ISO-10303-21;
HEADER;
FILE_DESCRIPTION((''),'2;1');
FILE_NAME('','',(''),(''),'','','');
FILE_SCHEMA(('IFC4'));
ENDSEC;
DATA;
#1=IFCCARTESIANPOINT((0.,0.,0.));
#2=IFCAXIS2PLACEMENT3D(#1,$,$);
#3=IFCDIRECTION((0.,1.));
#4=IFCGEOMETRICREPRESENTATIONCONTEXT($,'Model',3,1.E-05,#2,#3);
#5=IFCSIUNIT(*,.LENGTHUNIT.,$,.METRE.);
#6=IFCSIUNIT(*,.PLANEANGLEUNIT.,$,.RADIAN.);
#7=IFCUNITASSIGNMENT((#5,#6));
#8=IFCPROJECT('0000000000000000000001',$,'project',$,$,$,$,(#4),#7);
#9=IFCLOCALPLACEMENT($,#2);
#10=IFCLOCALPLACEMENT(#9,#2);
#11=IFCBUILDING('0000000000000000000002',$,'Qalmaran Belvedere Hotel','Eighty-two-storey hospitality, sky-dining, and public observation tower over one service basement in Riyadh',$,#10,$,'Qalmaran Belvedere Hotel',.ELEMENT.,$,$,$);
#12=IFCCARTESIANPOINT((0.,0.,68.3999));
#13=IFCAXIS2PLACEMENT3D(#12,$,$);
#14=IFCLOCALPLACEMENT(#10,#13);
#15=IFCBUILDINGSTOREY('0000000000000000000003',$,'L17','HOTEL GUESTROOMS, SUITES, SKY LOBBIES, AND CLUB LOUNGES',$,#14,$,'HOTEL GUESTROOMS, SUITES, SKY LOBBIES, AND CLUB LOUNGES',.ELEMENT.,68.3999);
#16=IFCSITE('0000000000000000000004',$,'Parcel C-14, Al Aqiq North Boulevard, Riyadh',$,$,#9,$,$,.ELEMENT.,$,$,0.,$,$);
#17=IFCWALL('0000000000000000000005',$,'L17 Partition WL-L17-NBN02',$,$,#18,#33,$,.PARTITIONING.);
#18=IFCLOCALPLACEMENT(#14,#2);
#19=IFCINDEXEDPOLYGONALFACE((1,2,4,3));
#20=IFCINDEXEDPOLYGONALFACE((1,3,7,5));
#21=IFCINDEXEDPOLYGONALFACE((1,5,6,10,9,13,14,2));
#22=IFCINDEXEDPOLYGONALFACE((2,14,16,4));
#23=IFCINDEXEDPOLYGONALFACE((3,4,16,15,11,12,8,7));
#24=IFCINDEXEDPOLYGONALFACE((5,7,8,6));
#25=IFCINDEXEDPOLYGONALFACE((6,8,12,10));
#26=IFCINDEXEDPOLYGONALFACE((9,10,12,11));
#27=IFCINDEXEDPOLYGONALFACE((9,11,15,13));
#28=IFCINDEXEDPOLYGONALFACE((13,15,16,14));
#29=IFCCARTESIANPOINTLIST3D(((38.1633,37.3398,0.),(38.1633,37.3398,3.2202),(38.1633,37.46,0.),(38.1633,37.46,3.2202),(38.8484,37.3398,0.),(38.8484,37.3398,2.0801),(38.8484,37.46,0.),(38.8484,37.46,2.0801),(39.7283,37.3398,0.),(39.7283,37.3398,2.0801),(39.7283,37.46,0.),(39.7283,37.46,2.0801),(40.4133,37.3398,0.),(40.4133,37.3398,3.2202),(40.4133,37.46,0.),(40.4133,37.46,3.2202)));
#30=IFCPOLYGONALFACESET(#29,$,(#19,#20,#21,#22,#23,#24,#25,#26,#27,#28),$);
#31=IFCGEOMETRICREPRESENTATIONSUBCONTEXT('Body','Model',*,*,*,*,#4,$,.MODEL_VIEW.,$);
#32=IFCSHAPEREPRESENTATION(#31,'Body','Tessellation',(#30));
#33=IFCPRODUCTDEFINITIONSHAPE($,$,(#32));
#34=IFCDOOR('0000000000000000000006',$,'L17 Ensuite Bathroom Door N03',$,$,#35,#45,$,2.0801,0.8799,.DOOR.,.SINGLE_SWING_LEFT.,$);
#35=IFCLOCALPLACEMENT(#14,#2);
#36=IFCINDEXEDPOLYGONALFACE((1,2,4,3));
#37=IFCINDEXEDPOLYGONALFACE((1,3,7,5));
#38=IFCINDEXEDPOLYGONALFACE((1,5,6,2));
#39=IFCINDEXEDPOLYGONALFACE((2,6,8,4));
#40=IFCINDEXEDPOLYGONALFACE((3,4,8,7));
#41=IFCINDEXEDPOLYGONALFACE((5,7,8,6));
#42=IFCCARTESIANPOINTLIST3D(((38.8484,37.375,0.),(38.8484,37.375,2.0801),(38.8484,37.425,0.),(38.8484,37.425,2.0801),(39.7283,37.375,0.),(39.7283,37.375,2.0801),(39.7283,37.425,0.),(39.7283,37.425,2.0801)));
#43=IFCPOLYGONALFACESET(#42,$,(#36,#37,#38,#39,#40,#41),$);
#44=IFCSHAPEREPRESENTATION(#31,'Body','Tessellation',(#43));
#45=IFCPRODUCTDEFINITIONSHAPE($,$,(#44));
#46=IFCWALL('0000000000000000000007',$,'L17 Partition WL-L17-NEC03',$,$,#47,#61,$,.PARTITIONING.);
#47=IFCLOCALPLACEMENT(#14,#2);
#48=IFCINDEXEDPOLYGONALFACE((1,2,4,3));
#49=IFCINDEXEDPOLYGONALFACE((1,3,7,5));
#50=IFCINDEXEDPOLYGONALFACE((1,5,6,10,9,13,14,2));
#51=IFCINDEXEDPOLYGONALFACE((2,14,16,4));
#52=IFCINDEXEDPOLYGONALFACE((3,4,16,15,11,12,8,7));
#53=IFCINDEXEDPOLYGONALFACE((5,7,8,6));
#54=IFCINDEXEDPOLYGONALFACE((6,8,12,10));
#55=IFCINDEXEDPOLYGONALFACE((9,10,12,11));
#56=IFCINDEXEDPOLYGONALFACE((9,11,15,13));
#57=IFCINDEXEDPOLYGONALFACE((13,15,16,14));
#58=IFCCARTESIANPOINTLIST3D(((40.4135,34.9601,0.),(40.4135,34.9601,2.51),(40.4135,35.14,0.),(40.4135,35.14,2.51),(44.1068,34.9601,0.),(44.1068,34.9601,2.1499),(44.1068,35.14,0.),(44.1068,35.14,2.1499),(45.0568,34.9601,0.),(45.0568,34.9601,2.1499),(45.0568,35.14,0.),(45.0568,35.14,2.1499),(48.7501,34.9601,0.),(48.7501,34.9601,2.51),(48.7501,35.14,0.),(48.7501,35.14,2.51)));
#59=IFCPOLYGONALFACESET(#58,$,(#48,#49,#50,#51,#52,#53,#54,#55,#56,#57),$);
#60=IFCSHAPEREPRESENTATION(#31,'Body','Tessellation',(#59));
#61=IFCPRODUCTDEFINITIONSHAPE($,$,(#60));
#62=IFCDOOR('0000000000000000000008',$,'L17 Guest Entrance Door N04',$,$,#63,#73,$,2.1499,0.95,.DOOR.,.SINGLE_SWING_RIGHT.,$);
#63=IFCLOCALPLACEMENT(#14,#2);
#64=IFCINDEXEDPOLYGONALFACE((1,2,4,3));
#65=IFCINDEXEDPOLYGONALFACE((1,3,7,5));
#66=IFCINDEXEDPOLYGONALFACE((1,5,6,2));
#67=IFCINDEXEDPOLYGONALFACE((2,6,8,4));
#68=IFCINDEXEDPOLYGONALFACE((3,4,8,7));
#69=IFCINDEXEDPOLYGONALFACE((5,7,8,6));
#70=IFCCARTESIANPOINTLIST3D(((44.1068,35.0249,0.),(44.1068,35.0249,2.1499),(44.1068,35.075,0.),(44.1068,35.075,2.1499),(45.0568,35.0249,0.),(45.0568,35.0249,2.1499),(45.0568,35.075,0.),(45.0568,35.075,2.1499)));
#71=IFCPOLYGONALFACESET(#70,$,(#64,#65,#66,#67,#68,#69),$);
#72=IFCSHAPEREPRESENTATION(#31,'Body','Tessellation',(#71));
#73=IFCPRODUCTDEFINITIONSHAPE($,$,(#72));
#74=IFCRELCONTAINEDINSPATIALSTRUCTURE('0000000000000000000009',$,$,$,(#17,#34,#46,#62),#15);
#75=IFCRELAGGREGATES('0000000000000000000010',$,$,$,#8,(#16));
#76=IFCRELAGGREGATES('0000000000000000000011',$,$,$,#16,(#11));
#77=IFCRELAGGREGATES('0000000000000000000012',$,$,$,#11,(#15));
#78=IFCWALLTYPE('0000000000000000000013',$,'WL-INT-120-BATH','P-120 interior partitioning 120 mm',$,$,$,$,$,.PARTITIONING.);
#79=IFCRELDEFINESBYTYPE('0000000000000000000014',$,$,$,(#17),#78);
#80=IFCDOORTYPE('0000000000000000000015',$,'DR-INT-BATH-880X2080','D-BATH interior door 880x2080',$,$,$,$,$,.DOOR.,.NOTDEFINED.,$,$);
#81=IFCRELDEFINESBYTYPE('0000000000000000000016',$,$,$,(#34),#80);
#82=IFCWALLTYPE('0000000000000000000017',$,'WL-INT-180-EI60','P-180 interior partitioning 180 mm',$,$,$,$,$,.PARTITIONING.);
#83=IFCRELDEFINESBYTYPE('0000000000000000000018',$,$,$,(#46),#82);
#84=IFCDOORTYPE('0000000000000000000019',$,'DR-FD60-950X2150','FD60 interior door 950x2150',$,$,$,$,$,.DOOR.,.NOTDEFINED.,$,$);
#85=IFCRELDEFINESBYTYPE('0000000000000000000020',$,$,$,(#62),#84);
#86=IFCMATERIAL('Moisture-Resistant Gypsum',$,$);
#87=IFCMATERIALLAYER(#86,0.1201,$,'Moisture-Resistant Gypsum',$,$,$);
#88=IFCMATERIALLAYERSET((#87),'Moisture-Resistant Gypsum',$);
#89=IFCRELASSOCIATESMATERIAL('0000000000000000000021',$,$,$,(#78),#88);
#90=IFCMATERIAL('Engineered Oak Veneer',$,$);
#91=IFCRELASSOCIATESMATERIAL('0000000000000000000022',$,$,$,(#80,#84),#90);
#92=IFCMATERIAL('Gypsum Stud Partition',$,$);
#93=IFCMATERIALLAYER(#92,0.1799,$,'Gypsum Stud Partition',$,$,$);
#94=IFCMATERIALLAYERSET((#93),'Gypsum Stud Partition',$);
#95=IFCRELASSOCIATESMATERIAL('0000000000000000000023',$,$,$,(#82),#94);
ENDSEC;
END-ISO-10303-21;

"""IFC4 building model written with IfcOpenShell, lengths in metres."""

from ifc_helpers import new_model, si_unit, direction, frame, frame_2d, origin, place, context, subcontext, project, spatial, rectangle, extrude, material, layer, layer_set, type_object, element, fill, save


model = new_model("IFC4")

# Units and contexts
model_context = context("Model", 3, precision=1e-05, world=origin(), true_north=direction((0.0, 1.0)))
body_context = subcontext(model_context, "Body", "Model", "MODEL_VIEW")
ifc_project = project(units=[si_unit("LENGTHUNIT", "METRE"), si_unit("PLANEANGLEUNIT", "RADIAN")], contexts=[model_context])

# Site, building, storey
site_placement = place(None, origin())
site = spatial("IfcSite", under=ifc_project, at=site_placement, Name="Parcel C-14, Al Aqiq North Boulevard, Riyadh", CompositionType="ELEMENT", RefElevation=0.0)
building_placement = place(site_placement, origin())
building = spatial("IfcBuilding", under=site, at=building_placement, Name="Qalmaran Belvedere Hotel", Description="Eighty-two-storey hospitality, sky-dining, and public observation tower over one service basement in Riyadh", LongName="Qalmaran Belvedere Hotel", CompositionType="ELEMENT")
storey_placement = place(building_placement, frame((0.0, 0.0, 68.3999)))
storey = spatial("IfcBuildingStorey", under=building, at=storey_placement, Name="L17", Description="HOTEL GUESTROOMS, SUITES, SKY LOBBIES, AND CLUB LOUNGES", LongName="HOTEL GUESTROOMS, SUITES, SKY LOBBIES, AND CLUB LOUNGES", CompositionType="ELEMENT", Elevation=68.3999)

# Walls, openings, doors
ifc_material_1 = material(Name="Moisture-Resistant Gypsum")
ifc_layer_1 = layer(ifc_material_1, 0.1201, Name="Moisture-Resistant Gypsum")
ifc_layer_set_1 = layer_set([ifc_layer_1], Name="Moisture-Resistant Gypsum")
wall_type_1 = type_object("IfcWallType", Name="WL-INT-120-BATH", Description="P-120 interior partitioning 120 mm", PredefinedType="PARTITIONING", material=ifc_layer_set_1)
wall_1_placement = place(storey_placement, frame((38.1633, 37.3999, 0.0), z_axis=(0.0, 0.0, 1.0), x_axis=(1.0, 0.0, 0.0)))
wall_1 = element("IfcWall", 1, at=wall_1_placement, inside=storey, type_object=wall_type_1, Name="L17 Partition WL-L17-NBN02", PredefinedType="PARTITIONING", context=body_context, shape_type="SweptSolid", body=[
    extrude(rectangle(XDim=2.25, YDim=0.1201, at=frame_2d((1.125, 0.0))), origin(), (0.0, 0.0, 1.0), 3.2202),
])
opening_1_placement = place(wall_1_placement, frame((1.5649, 0.0, 0.0), z_axis=(0.0, 0.0, 1.0), x_axis=(-1.0, 0.0, 0.0)))
opening_1 = element("IfcOpeningElement", 2, at=opening_1_placement, cuts=wall_1, PredefinedType="OPENING", context=body_context, shape_type="SweptSolid", body=[
    extrude(rectangle(XDim=0.8799, YDim=2.0801, at=frame_2d((0.4399, 1.04))), frame((0.0, 0.0701, 0.0), z_axis=(0.0, -1.0, 0.0), x_axis=(1.0, 0.0, 0.0)), (0.0, 0.0, 1.0), 0.1401),
])
ifc_material_2 = material(Name="Engineered Oak Veneer")
door_type_1 = type_object("IfcDoorType", Name="DR-INT-BATH-880X2080", Description="D-BATH interior door 880x2080", OperationType="NOTDEFINED", PredefinedType="DOOR", material=ifc_material_2)
door_1_placement = place(opening_1_placement, origin())
door_1 = element("IfcDoor", 3, at=door_1_placement, inside=storey, type_object=door_type_1, Name="L17 Ensuite Bathroom Door N03", OperationType="SINGLE_SWING_LEFT", OverallHeight=2.0801, OverallWidth=0.8799, PredefinedType="DOOR", context=body_context, shape_type="SweptSolid", body=[
    extrude(rectangle(XDim=0.8799, YDim=2.0801, at=frame_2d((0.4399, 1.04))), frame((0.0, 0.0249, 0.0), z_axis=(0.0, -1.0, 0.0), x_axis=(1.0, 0.0, 0.0)), (0.0, 0.0, 1.0), 0.05),
])
fill(opening_1, door_1)
ifc_material_3 = material(Name="Gypsum Stud Partition")
ifc_layer_2 = layer(ifc_material_3, 0.1799, Name="Gypsum Stud Partition")
ifc_layer_set_2 = layer_set([ifc_layer_2], Name="Gypsum Stud Partition")
wall_type_2 = type_object("IfcWallType", Name="WL-INT-180-EI60", Description="P-180 interior partitioning 180 mm", PredefinedType="PARTITIONING", material=ifc_layer_set_2)
wall_2_placement = place(storey_placement, frame((40.4133, 35.05, 0.0), z_axis=(0.0, 0.0, 1.0), x_axis=(1.0, 0.0, 0.0)))
wall_2 = element("IfcWall", 4, at=wall_2_placement, inside=storey, type_object=wall_type_2, Name="L17 Partition WL-L17-NEC03", PredefinedType="PARTITIONING", context=body_context, shape_type="SweptSolid", body=[
    extrude(rectangle(XDim=8.3367, YDim=0.1799, at=frame_2d((4.1685, 0.0))), origin(), (0.0, 0.0, 1.0), 2.51),
])
opening_2_placement = place(wall_2_placement, frame((3.6934, 0.0, 0.0)))
opening_2 = element("IfcOpeningElement", 5, at=opening_2_placement, cuts=wall_2, PredefinedType="OPENING", context=body_context, shape_type="SweptSolid", body=[
    extrude(rectangle(XDim=0.95, YDim=2.1499, at=frame_2d((0.4751, 1.075))), frame((0.0, 0.1001, 0.0), z_axis=(0.0, -1.0, 0.0), x_axis=(1.0, 0.0, 0.0)), (0.0, 0.0, 1.0), 0.2),
])
door_type_2 = type_object("IfcDoorType", Name="DR-FD60-950X2150", Description="FD60 interior door 950x2150", OperationType="NOTDEFINED", PredefinedType="DOOR", material=ifc_material_2)
door_2_placement = place(opening_2_placement, origin())
door_2 = element("IfcDoor", 6, at=door_2_placement, inside=storey, type_object=door_type_2, Name="L17 Guest Entrance Door N04", OperationType="SINGLE_SWING_RIGHT", OverallHeight=2.1499, OverallWidth=0.95, PredefinedType="DOOR", context=body_context, shape_type="SweptSolid", body=[
    extrude(rectangle(XDim=0.95, YDim=2.1499, at=frame_2d((0.4751, 1.075))), frame((0.0, 0.0249, 0.0), z_axis=(0.0, -1.0, 0.0), x_axis=(1.0, 0.0, 0.0)), (0.0, 0.0, 1.0), 0.05),
])
fill(opening_2, door_2)

save(model, "model.ifc")
